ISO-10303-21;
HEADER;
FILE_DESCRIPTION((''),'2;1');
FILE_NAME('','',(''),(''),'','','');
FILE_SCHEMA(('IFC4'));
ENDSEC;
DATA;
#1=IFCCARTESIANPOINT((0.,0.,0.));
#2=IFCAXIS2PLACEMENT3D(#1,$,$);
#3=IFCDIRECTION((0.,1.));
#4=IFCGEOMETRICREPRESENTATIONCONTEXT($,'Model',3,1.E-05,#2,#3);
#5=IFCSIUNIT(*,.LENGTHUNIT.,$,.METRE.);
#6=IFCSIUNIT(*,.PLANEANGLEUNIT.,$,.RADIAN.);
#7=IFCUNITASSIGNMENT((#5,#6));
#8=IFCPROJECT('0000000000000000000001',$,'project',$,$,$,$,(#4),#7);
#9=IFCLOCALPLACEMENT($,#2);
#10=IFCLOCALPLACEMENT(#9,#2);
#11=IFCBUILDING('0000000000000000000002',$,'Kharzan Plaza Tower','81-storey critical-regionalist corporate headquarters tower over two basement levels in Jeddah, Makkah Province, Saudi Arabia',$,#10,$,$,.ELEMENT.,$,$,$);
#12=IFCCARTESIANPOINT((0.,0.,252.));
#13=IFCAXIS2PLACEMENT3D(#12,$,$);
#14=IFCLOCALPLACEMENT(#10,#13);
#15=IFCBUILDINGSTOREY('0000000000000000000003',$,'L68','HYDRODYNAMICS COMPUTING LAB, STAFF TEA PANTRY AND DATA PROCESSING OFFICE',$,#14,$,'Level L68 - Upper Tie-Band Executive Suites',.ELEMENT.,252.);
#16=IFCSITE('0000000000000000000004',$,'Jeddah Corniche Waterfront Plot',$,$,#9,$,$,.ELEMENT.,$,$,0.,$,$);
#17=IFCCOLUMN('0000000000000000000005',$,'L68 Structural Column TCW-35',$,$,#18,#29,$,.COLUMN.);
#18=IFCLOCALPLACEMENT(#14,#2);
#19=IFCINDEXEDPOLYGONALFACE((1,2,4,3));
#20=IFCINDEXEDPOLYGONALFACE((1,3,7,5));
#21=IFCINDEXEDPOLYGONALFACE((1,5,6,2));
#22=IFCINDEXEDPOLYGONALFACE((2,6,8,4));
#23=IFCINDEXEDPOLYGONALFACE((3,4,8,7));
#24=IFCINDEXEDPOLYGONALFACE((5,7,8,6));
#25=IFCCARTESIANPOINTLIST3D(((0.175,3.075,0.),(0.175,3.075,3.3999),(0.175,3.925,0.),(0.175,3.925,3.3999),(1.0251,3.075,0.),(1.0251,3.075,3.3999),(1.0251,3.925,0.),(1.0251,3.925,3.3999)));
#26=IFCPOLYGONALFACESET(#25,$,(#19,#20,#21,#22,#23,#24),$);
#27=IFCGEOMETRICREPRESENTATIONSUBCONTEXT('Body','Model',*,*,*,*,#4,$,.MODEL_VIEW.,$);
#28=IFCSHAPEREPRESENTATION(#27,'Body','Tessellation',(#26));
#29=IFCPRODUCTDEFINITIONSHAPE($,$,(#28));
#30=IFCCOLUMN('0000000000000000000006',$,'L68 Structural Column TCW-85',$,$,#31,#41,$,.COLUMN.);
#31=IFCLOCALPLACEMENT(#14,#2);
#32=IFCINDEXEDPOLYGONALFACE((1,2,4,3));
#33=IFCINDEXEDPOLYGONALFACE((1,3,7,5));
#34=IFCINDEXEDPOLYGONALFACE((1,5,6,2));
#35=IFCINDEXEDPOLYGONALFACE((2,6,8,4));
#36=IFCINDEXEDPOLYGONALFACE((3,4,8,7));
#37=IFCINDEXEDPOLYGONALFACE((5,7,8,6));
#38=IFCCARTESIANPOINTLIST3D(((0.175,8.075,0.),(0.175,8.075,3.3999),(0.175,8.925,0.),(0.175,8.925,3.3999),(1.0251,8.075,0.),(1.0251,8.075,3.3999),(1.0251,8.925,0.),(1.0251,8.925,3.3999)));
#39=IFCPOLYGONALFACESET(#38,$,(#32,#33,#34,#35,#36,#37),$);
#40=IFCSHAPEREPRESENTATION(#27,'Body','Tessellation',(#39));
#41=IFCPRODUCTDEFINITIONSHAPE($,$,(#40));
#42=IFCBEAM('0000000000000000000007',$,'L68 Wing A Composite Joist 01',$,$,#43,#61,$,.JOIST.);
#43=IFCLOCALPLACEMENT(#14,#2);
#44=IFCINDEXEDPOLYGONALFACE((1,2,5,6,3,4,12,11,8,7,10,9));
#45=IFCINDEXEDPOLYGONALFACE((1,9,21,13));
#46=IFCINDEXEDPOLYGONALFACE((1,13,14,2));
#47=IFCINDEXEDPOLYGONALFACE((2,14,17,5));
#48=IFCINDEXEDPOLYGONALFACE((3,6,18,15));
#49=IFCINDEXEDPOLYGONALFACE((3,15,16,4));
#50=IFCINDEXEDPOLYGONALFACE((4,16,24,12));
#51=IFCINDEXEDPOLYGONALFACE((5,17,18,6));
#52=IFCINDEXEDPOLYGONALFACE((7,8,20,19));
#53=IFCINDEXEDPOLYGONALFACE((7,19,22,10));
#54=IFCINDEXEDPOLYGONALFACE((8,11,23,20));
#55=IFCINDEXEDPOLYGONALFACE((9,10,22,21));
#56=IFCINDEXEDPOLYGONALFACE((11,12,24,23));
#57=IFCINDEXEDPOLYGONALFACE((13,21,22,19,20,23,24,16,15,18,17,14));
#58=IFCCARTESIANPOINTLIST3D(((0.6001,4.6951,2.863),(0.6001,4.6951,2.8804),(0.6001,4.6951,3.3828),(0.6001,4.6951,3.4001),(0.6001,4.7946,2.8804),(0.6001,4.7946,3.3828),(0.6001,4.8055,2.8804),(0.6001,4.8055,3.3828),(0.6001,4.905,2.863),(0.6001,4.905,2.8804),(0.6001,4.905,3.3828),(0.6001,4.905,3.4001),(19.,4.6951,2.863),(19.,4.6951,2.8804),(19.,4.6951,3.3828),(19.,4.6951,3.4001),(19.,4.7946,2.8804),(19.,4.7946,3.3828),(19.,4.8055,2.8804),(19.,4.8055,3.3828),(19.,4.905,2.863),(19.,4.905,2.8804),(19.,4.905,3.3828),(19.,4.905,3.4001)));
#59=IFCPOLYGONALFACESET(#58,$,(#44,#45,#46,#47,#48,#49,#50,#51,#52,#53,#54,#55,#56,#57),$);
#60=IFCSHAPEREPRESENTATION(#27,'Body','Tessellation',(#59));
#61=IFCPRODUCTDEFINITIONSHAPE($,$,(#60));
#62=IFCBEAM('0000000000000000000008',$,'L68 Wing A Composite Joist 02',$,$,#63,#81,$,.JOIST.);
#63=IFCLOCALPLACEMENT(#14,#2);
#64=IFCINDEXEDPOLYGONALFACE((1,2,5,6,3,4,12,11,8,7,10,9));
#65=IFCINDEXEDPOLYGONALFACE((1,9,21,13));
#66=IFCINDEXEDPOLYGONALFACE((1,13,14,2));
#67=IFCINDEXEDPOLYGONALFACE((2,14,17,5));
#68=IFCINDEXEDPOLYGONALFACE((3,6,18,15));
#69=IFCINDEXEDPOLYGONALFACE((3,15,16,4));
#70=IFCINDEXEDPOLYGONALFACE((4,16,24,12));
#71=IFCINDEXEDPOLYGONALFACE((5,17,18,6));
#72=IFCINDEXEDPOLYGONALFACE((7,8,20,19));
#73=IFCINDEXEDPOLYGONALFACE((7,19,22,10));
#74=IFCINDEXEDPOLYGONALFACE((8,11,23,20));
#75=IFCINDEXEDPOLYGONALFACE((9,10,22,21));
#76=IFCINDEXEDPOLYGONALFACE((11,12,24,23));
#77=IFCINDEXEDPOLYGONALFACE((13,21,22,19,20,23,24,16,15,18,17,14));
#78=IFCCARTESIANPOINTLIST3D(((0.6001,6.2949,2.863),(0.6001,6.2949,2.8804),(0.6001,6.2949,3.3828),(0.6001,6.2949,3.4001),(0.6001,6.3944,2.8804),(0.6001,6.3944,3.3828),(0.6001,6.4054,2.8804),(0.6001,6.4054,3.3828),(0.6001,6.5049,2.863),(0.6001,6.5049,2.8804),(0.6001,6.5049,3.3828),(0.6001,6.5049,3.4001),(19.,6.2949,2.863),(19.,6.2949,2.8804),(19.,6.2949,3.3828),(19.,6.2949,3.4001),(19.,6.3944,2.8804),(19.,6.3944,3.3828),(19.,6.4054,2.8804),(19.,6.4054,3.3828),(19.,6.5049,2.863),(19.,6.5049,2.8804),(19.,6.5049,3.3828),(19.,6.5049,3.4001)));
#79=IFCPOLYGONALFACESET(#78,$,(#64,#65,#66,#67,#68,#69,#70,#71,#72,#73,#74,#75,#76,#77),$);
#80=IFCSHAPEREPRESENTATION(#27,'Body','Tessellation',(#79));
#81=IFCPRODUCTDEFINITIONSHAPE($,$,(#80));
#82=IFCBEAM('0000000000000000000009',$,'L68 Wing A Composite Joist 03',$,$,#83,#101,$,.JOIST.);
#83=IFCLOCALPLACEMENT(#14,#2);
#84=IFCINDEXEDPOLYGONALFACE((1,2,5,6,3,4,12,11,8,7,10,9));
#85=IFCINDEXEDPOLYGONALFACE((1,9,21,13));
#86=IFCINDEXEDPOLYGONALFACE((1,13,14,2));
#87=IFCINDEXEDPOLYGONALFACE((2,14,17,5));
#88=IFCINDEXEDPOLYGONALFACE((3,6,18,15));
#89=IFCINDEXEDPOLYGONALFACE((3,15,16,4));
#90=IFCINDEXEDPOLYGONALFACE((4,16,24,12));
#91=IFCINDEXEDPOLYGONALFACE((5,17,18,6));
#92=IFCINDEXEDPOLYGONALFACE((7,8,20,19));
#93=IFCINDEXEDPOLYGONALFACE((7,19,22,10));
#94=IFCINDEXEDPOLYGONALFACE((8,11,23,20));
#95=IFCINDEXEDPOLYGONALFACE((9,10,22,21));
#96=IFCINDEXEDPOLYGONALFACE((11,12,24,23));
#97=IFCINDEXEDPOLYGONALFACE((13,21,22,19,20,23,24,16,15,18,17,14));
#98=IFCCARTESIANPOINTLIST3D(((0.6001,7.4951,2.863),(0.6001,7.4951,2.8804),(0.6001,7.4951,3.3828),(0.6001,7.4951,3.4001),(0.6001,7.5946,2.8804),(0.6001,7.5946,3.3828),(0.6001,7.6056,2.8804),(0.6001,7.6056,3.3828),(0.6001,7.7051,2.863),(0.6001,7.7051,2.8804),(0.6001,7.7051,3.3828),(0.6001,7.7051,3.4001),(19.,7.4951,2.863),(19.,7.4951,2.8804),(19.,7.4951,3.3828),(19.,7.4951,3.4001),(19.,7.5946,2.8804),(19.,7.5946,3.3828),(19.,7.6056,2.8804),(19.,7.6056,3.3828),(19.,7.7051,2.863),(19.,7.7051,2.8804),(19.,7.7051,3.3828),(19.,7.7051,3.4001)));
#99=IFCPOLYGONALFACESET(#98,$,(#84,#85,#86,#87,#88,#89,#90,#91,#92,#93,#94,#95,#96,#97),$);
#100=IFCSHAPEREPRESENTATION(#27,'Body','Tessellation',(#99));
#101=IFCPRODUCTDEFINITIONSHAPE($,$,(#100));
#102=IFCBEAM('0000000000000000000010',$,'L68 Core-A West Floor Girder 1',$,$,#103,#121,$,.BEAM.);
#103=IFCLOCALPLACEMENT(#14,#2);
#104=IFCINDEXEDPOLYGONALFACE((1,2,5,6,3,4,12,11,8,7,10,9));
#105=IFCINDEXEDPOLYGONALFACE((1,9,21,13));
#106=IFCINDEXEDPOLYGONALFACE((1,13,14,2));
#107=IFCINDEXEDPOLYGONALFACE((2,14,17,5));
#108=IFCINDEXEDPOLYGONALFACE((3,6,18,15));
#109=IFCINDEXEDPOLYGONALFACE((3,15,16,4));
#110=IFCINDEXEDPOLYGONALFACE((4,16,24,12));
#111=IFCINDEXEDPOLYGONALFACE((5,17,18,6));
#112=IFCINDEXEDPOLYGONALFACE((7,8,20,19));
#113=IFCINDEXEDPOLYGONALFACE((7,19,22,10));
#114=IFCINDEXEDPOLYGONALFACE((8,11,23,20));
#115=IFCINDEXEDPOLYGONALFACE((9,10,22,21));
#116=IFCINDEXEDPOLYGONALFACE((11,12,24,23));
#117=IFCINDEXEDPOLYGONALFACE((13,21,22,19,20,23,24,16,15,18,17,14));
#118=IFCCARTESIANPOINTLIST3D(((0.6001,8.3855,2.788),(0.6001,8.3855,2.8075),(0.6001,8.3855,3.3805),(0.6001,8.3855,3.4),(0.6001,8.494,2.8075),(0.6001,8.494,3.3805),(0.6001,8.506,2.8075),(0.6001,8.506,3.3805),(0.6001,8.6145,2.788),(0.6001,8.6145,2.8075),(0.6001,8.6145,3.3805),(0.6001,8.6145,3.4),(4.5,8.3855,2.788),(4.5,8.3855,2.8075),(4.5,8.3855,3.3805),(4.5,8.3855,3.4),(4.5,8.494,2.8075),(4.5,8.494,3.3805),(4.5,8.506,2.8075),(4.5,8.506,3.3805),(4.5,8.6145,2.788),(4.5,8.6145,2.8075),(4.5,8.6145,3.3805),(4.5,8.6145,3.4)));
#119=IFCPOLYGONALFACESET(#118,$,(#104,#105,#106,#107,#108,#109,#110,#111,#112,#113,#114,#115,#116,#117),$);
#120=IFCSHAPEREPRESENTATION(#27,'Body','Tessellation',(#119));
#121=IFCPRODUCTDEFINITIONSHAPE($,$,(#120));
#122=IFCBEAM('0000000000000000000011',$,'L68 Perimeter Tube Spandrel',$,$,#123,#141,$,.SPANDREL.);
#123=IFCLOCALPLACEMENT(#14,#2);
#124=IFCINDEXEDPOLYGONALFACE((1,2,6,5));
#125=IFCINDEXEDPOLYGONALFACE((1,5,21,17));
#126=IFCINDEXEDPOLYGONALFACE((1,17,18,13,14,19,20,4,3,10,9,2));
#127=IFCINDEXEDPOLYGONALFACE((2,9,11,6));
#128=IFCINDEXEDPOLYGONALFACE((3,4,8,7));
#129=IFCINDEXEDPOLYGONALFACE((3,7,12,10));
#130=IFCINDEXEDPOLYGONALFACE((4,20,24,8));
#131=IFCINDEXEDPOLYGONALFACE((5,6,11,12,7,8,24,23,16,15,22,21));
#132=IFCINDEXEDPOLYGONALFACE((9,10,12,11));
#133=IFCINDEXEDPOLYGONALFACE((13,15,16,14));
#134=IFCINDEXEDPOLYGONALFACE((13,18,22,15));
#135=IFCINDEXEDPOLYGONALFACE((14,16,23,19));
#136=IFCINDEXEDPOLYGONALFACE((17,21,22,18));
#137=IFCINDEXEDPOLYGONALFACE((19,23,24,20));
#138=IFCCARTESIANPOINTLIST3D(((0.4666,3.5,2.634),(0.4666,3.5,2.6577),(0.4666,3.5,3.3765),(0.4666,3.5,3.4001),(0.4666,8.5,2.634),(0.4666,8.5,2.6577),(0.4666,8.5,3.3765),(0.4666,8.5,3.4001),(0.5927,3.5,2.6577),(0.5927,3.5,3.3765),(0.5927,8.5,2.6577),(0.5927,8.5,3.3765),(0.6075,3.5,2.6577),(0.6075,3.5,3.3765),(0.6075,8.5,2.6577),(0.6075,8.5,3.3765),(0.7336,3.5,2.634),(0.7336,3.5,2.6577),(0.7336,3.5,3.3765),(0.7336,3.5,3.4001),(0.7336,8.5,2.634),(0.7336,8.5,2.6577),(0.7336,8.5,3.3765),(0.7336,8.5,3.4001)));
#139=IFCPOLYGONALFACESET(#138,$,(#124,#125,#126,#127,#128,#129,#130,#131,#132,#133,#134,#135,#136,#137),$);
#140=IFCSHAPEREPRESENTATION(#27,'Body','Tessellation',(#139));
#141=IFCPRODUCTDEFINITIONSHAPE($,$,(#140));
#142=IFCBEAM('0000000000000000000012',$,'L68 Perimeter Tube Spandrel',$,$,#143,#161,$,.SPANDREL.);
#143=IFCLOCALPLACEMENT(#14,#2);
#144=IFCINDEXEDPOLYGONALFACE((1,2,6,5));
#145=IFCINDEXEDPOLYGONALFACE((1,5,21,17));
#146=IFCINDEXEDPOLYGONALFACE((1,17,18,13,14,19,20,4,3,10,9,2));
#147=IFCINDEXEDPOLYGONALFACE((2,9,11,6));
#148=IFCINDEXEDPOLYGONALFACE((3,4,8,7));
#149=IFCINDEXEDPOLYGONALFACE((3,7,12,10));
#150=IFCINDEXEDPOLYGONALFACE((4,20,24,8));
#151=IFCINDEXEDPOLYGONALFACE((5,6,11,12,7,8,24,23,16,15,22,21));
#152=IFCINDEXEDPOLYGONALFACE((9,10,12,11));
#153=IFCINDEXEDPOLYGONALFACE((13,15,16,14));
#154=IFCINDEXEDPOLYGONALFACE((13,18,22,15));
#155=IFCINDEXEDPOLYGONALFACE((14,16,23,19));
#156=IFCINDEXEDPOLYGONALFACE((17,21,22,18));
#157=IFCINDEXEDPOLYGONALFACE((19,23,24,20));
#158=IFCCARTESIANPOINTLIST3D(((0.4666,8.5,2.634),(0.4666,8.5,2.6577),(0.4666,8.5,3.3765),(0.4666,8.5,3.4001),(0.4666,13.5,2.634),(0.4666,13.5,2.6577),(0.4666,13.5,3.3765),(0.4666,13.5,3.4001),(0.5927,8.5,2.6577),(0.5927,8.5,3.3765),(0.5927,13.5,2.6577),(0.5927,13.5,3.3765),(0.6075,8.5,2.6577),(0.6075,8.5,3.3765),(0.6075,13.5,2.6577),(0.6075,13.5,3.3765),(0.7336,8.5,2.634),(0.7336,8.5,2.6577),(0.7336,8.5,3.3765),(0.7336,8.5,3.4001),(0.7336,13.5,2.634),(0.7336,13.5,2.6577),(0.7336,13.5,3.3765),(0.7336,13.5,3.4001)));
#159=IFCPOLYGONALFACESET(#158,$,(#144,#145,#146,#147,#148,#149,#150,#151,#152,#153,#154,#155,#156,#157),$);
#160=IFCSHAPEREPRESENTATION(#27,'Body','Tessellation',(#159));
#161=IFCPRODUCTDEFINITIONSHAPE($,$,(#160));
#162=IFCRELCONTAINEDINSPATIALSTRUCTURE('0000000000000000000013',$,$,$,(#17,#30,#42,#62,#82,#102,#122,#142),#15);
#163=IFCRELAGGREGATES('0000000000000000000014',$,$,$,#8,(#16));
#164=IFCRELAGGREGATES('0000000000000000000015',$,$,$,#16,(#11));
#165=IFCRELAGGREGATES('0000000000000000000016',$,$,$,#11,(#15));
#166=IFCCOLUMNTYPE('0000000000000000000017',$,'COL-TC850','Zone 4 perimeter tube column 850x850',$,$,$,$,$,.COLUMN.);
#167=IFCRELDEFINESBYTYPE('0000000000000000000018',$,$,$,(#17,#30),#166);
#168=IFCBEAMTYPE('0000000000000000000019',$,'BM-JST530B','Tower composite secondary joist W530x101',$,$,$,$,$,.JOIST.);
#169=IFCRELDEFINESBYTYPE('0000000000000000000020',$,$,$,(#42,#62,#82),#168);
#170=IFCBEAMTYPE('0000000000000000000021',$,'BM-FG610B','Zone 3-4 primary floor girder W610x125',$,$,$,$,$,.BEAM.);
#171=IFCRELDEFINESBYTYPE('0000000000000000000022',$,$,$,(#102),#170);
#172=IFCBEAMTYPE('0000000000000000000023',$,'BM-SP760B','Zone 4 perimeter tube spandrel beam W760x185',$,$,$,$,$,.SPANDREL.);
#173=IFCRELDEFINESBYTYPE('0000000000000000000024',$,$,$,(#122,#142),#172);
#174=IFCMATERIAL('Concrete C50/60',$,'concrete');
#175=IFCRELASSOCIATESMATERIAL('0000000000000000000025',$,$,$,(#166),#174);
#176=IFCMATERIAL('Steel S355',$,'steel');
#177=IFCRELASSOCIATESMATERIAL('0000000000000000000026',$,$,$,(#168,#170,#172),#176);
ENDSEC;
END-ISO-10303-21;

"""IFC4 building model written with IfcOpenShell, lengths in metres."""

from ifc_helpers import new_model, si_unit, direction, frame, origin, origin_2d, place, context, subcontext, project, spatial, rectangle, i_section, extrude, source, transform, mapped, material, material_profile, profile_set, type_object, element, save


model = new_model("IFC4")

# Units and contexts
model_context = context("Model", 3, precision=1e-05, world=origin(), true_north=direction((0.0, 1.0)))
body_context = subcontext(model_context, "Body", "Model", "MODEL_VIEW")
ifc_project = project(units=[si_unit("LENGTHUNIT", "METRE"), si_unit("PLANEANGLEUNIT", "RADIAN")], contexts=[model_context])

# Site, building, storey
site_placement = place(None, origin())
site = spatial("IfcSite", under=ifc_project, at=site_placement, Name="Jeddah Corniche Waterfront Plot", CompositionType="ELEMENT", RefElevation=0.0)
building_placement = place(site_placement, origin())
building = spatial("IfcBuilding", under=site, at=building_placement, Name="Kharzan Plaza Tower", Description="81-storey critical-regionalist corporate headquarters tower over two basement levels in Jeddah, Makkah Province, Saudi Arabia", CompositionType="ELEMENT")
storey_placement = place(building_placement, frame((0.0, 0.0, 252.0)))
storey = spatial("IfcBuildingStorey", under=building, at=storey_placement, Name="L68", Description="HYDRODYNAMICS COMPUTING LAB, STAFF TEA PANTRY AND DATA PROCESSING OFFICE", LongName="Level L68 - Upper Tie-Band Executive Suites", CompositionType="ELEMENT", Elevation=252.0)

# Columns
ifc_material_1 = material(Name="Concrete C50/60", Category="concrete")
ifc_material_profile_1 = material_profile(ifc_material_1, rectangle(XDim=0.8501, YDim=0.8501, at=origin_2d()), Name="RC-TC850x850")
ifc_profile_set_1 = profile_set([ifc_material_profile_1], Name="Concrete C50/60")
column_type = type_object("IfcColumnType", Name="COL-TC850", Description="Zone 4 perimeter tube column 850x850", PredefinedType="COLUMN", material=ifc_profile_set_1)
shared_shape_1 = source(origin(), body_context, "Body", "SweptSolid", [
    extrude(rectangle(XDim=0.8501, YDim=0.8501, at=origin_2d()), origin(), (0.0, 0.0, 1.0), 3.3999),
])
for number, where, z_axis, x_axis, name in (
    (1, (0.6001, 3.5, 0.0), (0.0, 0.0, 1.0), (1.0, 0.0, 0.0), "L68 Structural Column TCW-35"),
    (2, (0.6001, 8.5, 0.0), (0.0, 0.0, 1.0), (1.0, 0.0, 0.0), "L68 Structural Column TCW-85"),
):
    element("IfcColumn", number, at=place(storey_placement, frame(where, z_axis=z_axis, x_axis=x_axis)), inside=storey, type_object=column_type, Name=name, PredefinedType="COLUMN", context=body_context, shape_type="MappedRepresentation", body=[
        mapped(shared_shape_1, transform((0.0, 0.0, 0.0), x_axis=(1.0, 0.0, 0.0), y_axis=(0.0, 1.0, 0.0), z_axis=(0.0, 0.0, 1.0))),
    ])

# Beams
ifc_material_2 = material(Name="Steel S355", Category="steel")
ifc_material_profile_2 = material_profile(ifc_material_2, i_section(OverallWidth=0.21, OverallDepth=0.5371, WebThickness=0.011, FlangeThickness=0.0173, at=origin_2d()), Name="W530x101")
ifc_profile_set_2 = profile_set([ifc_material_profile_2], Name="Steel S355")
beam_type_1 = type_object("IfcBeamType", Name="BM-JST530B", Description="Tower composite secondary joist W530x101", PredefinedType="JOIST", material=ifc_profile_set_2)
shared_shape_2 = source(origin(), body_context, "Body", "SweptSolid", [
    extrude(i_section(OverallWidth=0.21, OverallDepth=0.5371, WebThickness=0.011, FlangeThickness=0.0173, at=origin_2d()), origin(), (0.0, 0.0, 1.0), 18.3999),
])
for number, where, z_axis, x_axis, name in (
    (3, (0.6001, 4.8, 3.1316), (1.0, 0.0, 0.0), (0.0, 1.0, 0.0), "L68 Wing A Composite Joist 01"),
    (4, (0.6001, 6.3999, 3.1316), (1.0, 0.0, 0.0), (0.0, 1.0, 0.0), "L68 Wing A Composite Joist 02"),
    (5, (0.6001, 7.6001, 3.1316), (1.0, 0.0, 0.0), (0.0, 1.0, 0.0), "L68 Wing A Composite Joist 03"),
):
    element("IfcBeam", number, at=place(storey_placement, frame(where, z_axis=z_axis, x_axis=x_axis)), inside=storey, type_object=beam_type_1, Name=name, PredefinedType="JOIST", context=body_context, shape_type="MappedRepresentation", body=[
        mapped(shared_shape_2, transform((0.0, 0.0, 0.0), x_axis=(1.0, 0.0, 0.0), y_axis=(0.0, 1.0, 0.0), z_axis=(0.0, 0.0, 1.0))),
    ])
ifc_material_profile_3 = material_profile(ifc_material_2, i_section(OverallWidth=0.229, OverallDepth=0.6121, WebThickness=0.012, FlangeThickness=0.0195, at=origin_2d()), Name="W610x125")
ifc_profile_set_3 = profile_set([ifc_material_profile_3], Name="Steel S355")
beam_type_2 = type_object("IfcBeamType", Name="BM-FG610B", Description="Zone 3-4 primary floor girder W610x125", PredefinedType="BEAM", material=ifc_profile_set_3)
shared_shape_3 = source(origin(), body_context, "Body", "SweptSolid", [
    extrude(i_section(OverallWidth=0.229, OverallDepth=0.6121, WebThickness=0.012, FlangeThickness=0.0195, at=origin_2d()), origin(), (0.0, 0.0, 1.0), 3.8999),
])
beam_placement = place(storey_placement, frame((0.6001, 8.5, 3.094), z_axis=(1.0, 0.0, 0.0), x_axis=(0.0, 1.0, 0.0)))
element("IfcBeam", 6, at=beam_placement, inside=storey, type_object=beam_type_2, Name="L68 Core-A West Floor Girder 1", PredefinedType="BEAM", context=body_context, shape_type="MappedRepresentation", body=[
    mapped(shared_shape_3, transform((0.0, 0.0, 0.0), x_axis=(1.0, 0.0, 0.0), y_axis=(0.0, 1.0, 0.0), z_axis=(0.0, 0.0, 1.0))),
])
ifc_material_profile_4 = material_profile(ifc_material_2, i_section(OverallWidth=0.2671, OverallDepth=0.7661, WebThickness=0.0149, FlangeThickness=0.0237, at=origin_2d()), Name="W760x185")
ifc_profile_set_4 = profile_set([ifc_material_profile_4], Name="Steel S355")
beam_type_3 = type_object("IfcBeamType", Name="BM-SP760B", Description="Zone 4 perimeter tube spandrel beam W760x185", PredefinedType="SPANDREL", material=ifc_profile_set_4)
shared_shape_4 = source(origin(), body_context, "Body", "SweptSolid", [
    extrude(i_section(OverallWidth=0.2671, OverallDepth=0.7661, WebThickness=0.0149, FlangeThickness=0.0237, at=origin_2d()), origin(), (0.0, 0.0, 1.0), 5.0),
])
for number, where, z_axis, x_axis, name in (
    (7, (0.6001, 3.5, 3.0171), (0.0, 1.0, 0.0), (-1.0, 0.0, 0.0), "L68 Perimeter Tube Spandrel"),
    (8, (0.6001, 8.5, 3.0171), (0.0, 1.0, 0.0), (-1.0, 0.0, 0.0), "L68 Perimeter Tube Spandrel"),
):
    element("IfcBeam", number, at=place(storey_placement, frame(where, z_axis=z_axis, x_axis=x_axis)), inside=storey, type_object=beam_type_3, Name=name, PredefinedType="SPANDREL", context=body_context, shape_type="MappedRepresentation", body=[
        mapped(shared_shape_4, transform((0.0, 0.0, 0.0), x_axis=(1.0, 0.0, 0.0), y_axis=(0.0, 1.0, 0.0), z_axis=(0.0, 0.0, 1.0))),
    ])

save(model, "model.ifc")
